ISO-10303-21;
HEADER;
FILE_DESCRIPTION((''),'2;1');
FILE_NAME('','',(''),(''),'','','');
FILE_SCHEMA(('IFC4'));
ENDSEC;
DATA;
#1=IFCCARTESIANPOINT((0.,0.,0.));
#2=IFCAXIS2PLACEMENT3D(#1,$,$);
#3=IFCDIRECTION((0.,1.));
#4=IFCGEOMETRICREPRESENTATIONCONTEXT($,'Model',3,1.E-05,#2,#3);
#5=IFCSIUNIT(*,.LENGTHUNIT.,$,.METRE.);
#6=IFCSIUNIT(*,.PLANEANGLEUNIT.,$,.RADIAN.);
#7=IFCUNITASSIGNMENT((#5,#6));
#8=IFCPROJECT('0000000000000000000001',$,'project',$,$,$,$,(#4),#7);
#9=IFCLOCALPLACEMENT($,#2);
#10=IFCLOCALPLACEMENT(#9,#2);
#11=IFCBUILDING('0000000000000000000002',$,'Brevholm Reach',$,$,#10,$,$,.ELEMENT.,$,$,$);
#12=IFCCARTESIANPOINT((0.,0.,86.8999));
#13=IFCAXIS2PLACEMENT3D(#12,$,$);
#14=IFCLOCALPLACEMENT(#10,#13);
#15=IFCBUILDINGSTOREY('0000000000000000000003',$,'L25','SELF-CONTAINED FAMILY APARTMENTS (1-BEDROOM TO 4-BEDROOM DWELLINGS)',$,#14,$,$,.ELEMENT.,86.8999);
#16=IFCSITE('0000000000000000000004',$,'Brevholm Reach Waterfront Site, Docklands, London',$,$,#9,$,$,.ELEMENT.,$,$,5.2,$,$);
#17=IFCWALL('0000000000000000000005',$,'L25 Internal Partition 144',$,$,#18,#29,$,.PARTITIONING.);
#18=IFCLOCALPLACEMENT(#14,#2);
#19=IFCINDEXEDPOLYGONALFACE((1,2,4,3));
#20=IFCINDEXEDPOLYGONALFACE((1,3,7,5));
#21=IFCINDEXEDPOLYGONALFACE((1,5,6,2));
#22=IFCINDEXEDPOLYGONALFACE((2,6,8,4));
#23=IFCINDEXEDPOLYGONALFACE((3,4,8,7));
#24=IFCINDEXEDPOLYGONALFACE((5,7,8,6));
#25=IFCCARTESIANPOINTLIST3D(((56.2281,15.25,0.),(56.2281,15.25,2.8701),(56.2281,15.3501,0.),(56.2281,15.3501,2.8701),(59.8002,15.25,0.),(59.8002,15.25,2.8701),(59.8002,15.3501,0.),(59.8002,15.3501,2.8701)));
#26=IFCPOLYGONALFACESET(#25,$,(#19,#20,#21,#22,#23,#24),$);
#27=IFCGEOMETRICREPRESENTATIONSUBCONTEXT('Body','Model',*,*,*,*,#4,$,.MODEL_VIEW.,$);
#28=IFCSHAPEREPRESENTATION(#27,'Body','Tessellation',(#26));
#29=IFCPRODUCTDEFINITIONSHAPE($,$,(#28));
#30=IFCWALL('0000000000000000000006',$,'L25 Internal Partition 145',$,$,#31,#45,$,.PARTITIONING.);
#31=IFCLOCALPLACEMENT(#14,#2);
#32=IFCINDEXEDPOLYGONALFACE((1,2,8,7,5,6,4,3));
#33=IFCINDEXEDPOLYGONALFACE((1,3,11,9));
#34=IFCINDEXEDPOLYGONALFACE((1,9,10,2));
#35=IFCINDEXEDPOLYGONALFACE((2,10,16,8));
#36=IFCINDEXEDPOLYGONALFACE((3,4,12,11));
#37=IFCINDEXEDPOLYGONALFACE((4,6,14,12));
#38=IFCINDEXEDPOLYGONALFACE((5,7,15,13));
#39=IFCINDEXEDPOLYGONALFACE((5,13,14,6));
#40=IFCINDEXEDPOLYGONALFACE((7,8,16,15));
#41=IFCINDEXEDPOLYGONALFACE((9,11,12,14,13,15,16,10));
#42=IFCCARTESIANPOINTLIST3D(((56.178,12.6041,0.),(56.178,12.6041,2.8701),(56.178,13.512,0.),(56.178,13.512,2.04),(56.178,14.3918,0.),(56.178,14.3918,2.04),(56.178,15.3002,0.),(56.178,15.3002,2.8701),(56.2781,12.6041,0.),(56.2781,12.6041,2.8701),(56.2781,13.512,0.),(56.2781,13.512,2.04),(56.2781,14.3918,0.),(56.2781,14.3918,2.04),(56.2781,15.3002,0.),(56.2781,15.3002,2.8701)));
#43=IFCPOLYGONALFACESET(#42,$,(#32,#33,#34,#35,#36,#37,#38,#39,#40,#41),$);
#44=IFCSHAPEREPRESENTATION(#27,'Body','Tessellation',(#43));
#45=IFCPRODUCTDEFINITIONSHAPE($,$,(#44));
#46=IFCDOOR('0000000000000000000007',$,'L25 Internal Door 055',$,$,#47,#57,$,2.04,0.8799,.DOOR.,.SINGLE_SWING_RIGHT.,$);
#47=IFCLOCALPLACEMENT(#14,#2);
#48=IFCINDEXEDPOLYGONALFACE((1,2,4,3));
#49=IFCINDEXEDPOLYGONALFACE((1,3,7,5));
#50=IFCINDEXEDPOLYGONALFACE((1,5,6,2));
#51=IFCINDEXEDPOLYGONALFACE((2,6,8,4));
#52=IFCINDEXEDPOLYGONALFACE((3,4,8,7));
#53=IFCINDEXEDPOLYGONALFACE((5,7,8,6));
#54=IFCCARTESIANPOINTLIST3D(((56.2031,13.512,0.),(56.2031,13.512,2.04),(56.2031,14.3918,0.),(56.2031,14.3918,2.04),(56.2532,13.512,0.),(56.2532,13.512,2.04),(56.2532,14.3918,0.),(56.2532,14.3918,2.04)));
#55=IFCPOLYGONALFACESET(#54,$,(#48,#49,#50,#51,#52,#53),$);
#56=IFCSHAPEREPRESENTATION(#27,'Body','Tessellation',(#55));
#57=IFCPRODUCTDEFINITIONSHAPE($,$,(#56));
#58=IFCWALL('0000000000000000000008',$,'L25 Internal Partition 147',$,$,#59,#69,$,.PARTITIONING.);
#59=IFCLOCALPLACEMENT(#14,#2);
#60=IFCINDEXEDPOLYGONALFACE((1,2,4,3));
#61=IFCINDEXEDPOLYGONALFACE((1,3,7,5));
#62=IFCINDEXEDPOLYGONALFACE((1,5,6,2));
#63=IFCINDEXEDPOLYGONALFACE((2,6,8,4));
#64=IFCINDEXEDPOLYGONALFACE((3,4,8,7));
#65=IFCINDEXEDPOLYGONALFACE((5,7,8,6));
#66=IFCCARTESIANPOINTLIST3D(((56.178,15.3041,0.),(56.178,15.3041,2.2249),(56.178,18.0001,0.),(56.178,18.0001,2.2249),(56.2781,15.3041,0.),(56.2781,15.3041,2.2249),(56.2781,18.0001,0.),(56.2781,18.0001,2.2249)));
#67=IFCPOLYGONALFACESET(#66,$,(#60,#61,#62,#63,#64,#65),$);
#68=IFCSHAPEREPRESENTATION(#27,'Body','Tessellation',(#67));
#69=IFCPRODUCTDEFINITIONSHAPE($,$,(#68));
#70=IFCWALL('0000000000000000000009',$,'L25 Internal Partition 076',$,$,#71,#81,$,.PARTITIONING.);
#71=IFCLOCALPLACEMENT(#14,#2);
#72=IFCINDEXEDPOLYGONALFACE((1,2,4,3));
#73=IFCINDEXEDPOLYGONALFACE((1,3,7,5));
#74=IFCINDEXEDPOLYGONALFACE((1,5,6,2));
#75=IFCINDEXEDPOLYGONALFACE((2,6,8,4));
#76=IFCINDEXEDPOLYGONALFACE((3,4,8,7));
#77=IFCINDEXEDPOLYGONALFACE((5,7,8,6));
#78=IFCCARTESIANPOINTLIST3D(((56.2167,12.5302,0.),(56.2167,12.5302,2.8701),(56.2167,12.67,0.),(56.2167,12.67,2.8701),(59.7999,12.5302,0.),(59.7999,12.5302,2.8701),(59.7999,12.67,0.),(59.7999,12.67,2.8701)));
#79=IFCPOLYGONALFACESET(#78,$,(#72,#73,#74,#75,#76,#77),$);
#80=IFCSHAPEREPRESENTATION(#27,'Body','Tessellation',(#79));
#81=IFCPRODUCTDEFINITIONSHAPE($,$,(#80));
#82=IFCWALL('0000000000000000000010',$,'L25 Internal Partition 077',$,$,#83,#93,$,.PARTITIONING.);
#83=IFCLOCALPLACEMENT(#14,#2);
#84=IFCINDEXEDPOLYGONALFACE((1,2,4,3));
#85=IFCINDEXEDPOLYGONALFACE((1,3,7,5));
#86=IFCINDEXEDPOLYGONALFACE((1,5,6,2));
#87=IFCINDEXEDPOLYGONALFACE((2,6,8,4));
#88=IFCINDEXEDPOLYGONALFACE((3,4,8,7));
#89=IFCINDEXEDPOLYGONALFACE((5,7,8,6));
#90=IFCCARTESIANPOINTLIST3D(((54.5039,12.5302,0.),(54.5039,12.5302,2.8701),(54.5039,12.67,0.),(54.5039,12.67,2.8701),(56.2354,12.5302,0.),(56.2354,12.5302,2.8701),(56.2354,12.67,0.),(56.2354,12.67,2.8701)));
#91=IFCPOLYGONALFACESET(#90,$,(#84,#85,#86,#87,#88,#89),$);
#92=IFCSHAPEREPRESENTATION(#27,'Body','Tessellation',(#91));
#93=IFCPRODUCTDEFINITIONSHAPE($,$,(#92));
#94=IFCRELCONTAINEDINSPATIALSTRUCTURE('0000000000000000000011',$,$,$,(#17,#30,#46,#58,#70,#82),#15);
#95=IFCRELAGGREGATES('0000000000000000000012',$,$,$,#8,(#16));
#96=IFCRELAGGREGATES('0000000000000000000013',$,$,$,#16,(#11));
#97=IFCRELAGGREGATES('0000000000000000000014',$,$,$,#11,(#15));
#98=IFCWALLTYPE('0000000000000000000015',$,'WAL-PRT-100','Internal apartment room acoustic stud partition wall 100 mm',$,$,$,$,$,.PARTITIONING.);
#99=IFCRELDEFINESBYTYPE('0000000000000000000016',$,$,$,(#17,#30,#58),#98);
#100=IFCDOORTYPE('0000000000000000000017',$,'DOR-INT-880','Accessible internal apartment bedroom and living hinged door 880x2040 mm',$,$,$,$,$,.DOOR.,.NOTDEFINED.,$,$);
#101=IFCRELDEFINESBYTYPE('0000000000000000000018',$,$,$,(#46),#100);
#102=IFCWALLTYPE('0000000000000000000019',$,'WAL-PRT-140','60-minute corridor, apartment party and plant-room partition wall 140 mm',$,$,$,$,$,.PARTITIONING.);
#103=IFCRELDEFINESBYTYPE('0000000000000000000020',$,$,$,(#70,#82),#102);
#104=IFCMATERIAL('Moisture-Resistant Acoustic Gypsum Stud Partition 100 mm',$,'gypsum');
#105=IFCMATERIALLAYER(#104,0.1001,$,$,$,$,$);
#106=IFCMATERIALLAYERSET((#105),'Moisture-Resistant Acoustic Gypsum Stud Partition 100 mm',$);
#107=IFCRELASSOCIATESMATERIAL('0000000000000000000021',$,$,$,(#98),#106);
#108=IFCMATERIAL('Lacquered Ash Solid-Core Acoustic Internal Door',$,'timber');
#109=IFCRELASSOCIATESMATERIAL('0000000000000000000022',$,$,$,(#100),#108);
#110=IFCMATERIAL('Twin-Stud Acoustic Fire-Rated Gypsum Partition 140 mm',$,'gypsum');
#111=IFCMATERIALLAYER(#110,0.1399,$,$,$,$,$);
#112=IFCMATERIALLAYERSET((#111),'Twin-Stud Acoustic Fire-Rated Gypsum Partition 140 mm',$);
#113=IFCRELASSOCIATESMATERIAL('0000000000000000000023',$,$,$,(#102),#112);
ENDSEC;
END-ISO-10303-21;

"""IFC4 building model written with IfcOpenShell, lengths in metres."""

from ifc_helpers import new_model, si_unit, direction, frame, frame_2d, origin, place, context, subcontext, project, spatial, rectangle, extrude, material, layer, layer_set, type_object, element, fill, save


model = new_model("IFC4")

# Units and contexts
model_context = context("Model", 3, precision=1e-05, world=origin(), true_north=direction((0.0, 1.0)))
body_context = subcontext(model_context, "Body", "Model", "MODEL_VIEW")
ifc_project = project(units=[si_unit("LENGTHUNIT", "METRE"), si_unit("PLANEANGLEUNIT", "RADIAN")], contexts=[model_context])

# Site, building, storey
site_placement = place(None, origin())
site = spatial("IfcSite", under=ifc_project, at=site_placement, Name="Brevholm Reach Waterfront Site, Docklands, London", CompositionType="ELEMENT", RefElevation=5.2)
building_placement = place(site_placement, origin())
building = spatial("IfcBuilding", under=site, at=building_placement, Name="Brevholm Reach", CompositionType="ELEMENT")
storey_placement = place(building_placement, frame((0.0, 0.0, 86.8999)))
storey = spatial("IfcBuildingStorey", under=building, at=storey_placement, Name="L25", Description="SELF-CONTAINED FAMILY APARTMENTS (1-BEDROOM TO 4-BEDROOM DWELLINGS)", CompositionType="ELEMENT", Elevation=86.8999)

# Wall
ifc_material_1 = material(Name="Moisture-Resistant Acoustic Gypsum Stud Partition 100 mm", Category="gypsum")
ifc_layer_1 = layer(ifc_material_1, 0.1001)
ifc_layer_set_1 = layer_set([ifc_layer_1], Name="Moisture-Resistant Acoustic Gypsum Stud Partition 100 mm")
wall_type_1 = type_object("IfcWallType", Name="WAL-PRT-100", Description="Internal apartment room acoustic stud partition wall 100 mm", PredefinedType="PARTITIONING", material=ifc_layer_set_1)
wall_1_placement = place(storey_placement, frame((56.228, 15.3, 0.0), z_axis=(0.0, 0.0, 1.0), x_axis=(1.0, 0.0, 0.0)))
element("IfcWall", 1, at=wall_1_placement, inside=storey, type_object=wall_type_1, Name="L25 Internal Partition 144", PredefinedType="PARTITIONING", context=body_context, shape_type="SweptSolid", body=[
    extrude(rectangle(XDim=3.572, YDim=0.1001, at=frame_2d((1.7861, 0.0))), origin(), (0.0, 0.0, 1.0), 2.8701),
])

# Wall, opening, door
wall_2_placement = place(storey_placement, frame((56.228, 12.604, 0.0), z_axis=(0.0, 0.0, 1.0), x_axis=(0.0, 1.0, 0.0)))
wall_2 = element("IfcWall", 2, at=wall_2_placement, inside=storey, type_object=wall_type_1, Name="L25 Internal Partition 145", PredefinedType="PARTITIONING", context=body_context, shape_type="SweptSolid", body=[
    extrude(rectangle(XDim=2.696, YDim=0.1001, at=frame_2d((1.3481, 0.0))), origin(), (0.0, 0.0, 1.0), 2.8701),
])
opening_placement = place(wall_2_placement, frame((0.908, 0.0, 0.0)))
opening = element("IfcOpeningElement", 3, at=opening_placement, cuts=wall_2, PredefinedType="OPENING", context=body_context, shape_type="SweptSolid", body=[
    extrude(rectangle(XDim=0.8799, YDim=2.04, at=frame_2d((0.4399, 1.02))), frame((0.0, 0.0601, 0.0), z_axis=(0.0, -1.0, 0.0), x_axis=(1.0, 0.0, 0.0)), (0.0, 0.0, 1.0), 0.1201),
])
ifc_material_2 = material(Name="Lacquered Ash Solid-Core Acoustic Internal Door", Category="timber")
door_type = type_object("IfcDoorType", Name="DOR-INT-880", Description="Accessible internal apartment bedroom and living hinged door 880x2040 mm", OperationType="NOTDEFINED", PredefinedType="DOOR", material=ifc_material_2)
door_placement = place(opening_placement, origin())
door = element("IfcDoor", 4, at=door_placement, inside=storey, type_object=door_type, Name="L25 Internal Door 055", OperationType="SINGLE_SWING_RIGHT", OverallHeight=2.04, OverallWidth=0.8799, PredefinedType="DOOR", context=body_context, shape_type="SweptSolid", body=[
    extrude(rectangle(XDim=0.8799, YDim=2.04, at=frame_2d((0.4399, 1.02))), frame((0.0, 0.0249, 0.0), z_axis=(0.0, -1.0, 0.0), x_axis=(1.0, 0.0, 0.0)), (0.0, 0.0, 1.0), 0.05),
])
fill(opening, door)

# Walls
wall_3_placement = place(storey_placement, frame((56.228, 15.304, 0.0), z_axis=(0.0, 0.0, 1.0), x_axis=(0.0, 1.0, 0.0)))
element("IfcWall", 5, at=wall_3_placement, inside=storey, type_object=wall_type_1, Name="L25 Internal Partition 147", PredefinedType="PARTITIONING", context=body_context, shape_type="SweptSolid", body=[
    extrude(rectangle(XDim=2.696, YDim=0.1001, at=frame_2d((1.3481, 0.0))), origin(), (0.0, 0.0, 1.0), 2.2249),
])
ifc_material_3 = material(Name="Twin-Stud Acoustic Fire-Rated Gypsum Partition 140 mm", Category="gypsum")
ifc_layer_2 = layer(ifc_material_3, 0.1399)
ifc_layer_set_2 = layer_set([ifc_layer_2], Name="Twin-Stud Acoustic Fire-Rated Gypsum Partition 140 mm")
wall_type_2 = type_object("IfcWallType", Name="WAL-PRT-140", Description="60-minute corridor, apartment party and plant-room partition wall 140 mm", PredefinedType="PARTITIONING", material=ifc_layer_set_2)
wall_4_placement = place(storey_placement, frame((56.2168, 12.6001, 0.0), z_axis=(0.0, 0.0, 1.0), x_axis=(1.0, 0.0, 0.0)))
element("IfcWall", 6, at=wall_4_placement, inside=storey, type_object=wall_type_2, Name="L25 Internal Partition 076", PredefinedType="PARTITIONING", context=body_context, shape_type="SweptSolid", body=[
    extrude(rectangle(XDim=3.5833, YDim=0.1399, at=frame_2d((1.7915, 0.0))), origin(), (0.0, 0.0, 1.0), 2.8701),
])
wall_5_placement = place(storey_placement, frame((54.5039, 12.6001, 0.0), z_axis=(0.0, 0.0, 1.0), x_axis=(1.0, 0.0, 0.0)))
element("IfcWall", 7, at=wall_5_placement, inside=storey, type_object=wall_type_2, Name="L25 Internal Partition 077", PredefinedType="PARTITIONING", context=body_context, shape_type="SweptSolid", body=[
    extrude(rectangle(XDim=1.7314, YDim=0.1399, at=frame_2d((0.8657, 0.0))), origin(), (0.0, 0.0, 1.0), 2.8701),
])

save(model, "model.ifc")
